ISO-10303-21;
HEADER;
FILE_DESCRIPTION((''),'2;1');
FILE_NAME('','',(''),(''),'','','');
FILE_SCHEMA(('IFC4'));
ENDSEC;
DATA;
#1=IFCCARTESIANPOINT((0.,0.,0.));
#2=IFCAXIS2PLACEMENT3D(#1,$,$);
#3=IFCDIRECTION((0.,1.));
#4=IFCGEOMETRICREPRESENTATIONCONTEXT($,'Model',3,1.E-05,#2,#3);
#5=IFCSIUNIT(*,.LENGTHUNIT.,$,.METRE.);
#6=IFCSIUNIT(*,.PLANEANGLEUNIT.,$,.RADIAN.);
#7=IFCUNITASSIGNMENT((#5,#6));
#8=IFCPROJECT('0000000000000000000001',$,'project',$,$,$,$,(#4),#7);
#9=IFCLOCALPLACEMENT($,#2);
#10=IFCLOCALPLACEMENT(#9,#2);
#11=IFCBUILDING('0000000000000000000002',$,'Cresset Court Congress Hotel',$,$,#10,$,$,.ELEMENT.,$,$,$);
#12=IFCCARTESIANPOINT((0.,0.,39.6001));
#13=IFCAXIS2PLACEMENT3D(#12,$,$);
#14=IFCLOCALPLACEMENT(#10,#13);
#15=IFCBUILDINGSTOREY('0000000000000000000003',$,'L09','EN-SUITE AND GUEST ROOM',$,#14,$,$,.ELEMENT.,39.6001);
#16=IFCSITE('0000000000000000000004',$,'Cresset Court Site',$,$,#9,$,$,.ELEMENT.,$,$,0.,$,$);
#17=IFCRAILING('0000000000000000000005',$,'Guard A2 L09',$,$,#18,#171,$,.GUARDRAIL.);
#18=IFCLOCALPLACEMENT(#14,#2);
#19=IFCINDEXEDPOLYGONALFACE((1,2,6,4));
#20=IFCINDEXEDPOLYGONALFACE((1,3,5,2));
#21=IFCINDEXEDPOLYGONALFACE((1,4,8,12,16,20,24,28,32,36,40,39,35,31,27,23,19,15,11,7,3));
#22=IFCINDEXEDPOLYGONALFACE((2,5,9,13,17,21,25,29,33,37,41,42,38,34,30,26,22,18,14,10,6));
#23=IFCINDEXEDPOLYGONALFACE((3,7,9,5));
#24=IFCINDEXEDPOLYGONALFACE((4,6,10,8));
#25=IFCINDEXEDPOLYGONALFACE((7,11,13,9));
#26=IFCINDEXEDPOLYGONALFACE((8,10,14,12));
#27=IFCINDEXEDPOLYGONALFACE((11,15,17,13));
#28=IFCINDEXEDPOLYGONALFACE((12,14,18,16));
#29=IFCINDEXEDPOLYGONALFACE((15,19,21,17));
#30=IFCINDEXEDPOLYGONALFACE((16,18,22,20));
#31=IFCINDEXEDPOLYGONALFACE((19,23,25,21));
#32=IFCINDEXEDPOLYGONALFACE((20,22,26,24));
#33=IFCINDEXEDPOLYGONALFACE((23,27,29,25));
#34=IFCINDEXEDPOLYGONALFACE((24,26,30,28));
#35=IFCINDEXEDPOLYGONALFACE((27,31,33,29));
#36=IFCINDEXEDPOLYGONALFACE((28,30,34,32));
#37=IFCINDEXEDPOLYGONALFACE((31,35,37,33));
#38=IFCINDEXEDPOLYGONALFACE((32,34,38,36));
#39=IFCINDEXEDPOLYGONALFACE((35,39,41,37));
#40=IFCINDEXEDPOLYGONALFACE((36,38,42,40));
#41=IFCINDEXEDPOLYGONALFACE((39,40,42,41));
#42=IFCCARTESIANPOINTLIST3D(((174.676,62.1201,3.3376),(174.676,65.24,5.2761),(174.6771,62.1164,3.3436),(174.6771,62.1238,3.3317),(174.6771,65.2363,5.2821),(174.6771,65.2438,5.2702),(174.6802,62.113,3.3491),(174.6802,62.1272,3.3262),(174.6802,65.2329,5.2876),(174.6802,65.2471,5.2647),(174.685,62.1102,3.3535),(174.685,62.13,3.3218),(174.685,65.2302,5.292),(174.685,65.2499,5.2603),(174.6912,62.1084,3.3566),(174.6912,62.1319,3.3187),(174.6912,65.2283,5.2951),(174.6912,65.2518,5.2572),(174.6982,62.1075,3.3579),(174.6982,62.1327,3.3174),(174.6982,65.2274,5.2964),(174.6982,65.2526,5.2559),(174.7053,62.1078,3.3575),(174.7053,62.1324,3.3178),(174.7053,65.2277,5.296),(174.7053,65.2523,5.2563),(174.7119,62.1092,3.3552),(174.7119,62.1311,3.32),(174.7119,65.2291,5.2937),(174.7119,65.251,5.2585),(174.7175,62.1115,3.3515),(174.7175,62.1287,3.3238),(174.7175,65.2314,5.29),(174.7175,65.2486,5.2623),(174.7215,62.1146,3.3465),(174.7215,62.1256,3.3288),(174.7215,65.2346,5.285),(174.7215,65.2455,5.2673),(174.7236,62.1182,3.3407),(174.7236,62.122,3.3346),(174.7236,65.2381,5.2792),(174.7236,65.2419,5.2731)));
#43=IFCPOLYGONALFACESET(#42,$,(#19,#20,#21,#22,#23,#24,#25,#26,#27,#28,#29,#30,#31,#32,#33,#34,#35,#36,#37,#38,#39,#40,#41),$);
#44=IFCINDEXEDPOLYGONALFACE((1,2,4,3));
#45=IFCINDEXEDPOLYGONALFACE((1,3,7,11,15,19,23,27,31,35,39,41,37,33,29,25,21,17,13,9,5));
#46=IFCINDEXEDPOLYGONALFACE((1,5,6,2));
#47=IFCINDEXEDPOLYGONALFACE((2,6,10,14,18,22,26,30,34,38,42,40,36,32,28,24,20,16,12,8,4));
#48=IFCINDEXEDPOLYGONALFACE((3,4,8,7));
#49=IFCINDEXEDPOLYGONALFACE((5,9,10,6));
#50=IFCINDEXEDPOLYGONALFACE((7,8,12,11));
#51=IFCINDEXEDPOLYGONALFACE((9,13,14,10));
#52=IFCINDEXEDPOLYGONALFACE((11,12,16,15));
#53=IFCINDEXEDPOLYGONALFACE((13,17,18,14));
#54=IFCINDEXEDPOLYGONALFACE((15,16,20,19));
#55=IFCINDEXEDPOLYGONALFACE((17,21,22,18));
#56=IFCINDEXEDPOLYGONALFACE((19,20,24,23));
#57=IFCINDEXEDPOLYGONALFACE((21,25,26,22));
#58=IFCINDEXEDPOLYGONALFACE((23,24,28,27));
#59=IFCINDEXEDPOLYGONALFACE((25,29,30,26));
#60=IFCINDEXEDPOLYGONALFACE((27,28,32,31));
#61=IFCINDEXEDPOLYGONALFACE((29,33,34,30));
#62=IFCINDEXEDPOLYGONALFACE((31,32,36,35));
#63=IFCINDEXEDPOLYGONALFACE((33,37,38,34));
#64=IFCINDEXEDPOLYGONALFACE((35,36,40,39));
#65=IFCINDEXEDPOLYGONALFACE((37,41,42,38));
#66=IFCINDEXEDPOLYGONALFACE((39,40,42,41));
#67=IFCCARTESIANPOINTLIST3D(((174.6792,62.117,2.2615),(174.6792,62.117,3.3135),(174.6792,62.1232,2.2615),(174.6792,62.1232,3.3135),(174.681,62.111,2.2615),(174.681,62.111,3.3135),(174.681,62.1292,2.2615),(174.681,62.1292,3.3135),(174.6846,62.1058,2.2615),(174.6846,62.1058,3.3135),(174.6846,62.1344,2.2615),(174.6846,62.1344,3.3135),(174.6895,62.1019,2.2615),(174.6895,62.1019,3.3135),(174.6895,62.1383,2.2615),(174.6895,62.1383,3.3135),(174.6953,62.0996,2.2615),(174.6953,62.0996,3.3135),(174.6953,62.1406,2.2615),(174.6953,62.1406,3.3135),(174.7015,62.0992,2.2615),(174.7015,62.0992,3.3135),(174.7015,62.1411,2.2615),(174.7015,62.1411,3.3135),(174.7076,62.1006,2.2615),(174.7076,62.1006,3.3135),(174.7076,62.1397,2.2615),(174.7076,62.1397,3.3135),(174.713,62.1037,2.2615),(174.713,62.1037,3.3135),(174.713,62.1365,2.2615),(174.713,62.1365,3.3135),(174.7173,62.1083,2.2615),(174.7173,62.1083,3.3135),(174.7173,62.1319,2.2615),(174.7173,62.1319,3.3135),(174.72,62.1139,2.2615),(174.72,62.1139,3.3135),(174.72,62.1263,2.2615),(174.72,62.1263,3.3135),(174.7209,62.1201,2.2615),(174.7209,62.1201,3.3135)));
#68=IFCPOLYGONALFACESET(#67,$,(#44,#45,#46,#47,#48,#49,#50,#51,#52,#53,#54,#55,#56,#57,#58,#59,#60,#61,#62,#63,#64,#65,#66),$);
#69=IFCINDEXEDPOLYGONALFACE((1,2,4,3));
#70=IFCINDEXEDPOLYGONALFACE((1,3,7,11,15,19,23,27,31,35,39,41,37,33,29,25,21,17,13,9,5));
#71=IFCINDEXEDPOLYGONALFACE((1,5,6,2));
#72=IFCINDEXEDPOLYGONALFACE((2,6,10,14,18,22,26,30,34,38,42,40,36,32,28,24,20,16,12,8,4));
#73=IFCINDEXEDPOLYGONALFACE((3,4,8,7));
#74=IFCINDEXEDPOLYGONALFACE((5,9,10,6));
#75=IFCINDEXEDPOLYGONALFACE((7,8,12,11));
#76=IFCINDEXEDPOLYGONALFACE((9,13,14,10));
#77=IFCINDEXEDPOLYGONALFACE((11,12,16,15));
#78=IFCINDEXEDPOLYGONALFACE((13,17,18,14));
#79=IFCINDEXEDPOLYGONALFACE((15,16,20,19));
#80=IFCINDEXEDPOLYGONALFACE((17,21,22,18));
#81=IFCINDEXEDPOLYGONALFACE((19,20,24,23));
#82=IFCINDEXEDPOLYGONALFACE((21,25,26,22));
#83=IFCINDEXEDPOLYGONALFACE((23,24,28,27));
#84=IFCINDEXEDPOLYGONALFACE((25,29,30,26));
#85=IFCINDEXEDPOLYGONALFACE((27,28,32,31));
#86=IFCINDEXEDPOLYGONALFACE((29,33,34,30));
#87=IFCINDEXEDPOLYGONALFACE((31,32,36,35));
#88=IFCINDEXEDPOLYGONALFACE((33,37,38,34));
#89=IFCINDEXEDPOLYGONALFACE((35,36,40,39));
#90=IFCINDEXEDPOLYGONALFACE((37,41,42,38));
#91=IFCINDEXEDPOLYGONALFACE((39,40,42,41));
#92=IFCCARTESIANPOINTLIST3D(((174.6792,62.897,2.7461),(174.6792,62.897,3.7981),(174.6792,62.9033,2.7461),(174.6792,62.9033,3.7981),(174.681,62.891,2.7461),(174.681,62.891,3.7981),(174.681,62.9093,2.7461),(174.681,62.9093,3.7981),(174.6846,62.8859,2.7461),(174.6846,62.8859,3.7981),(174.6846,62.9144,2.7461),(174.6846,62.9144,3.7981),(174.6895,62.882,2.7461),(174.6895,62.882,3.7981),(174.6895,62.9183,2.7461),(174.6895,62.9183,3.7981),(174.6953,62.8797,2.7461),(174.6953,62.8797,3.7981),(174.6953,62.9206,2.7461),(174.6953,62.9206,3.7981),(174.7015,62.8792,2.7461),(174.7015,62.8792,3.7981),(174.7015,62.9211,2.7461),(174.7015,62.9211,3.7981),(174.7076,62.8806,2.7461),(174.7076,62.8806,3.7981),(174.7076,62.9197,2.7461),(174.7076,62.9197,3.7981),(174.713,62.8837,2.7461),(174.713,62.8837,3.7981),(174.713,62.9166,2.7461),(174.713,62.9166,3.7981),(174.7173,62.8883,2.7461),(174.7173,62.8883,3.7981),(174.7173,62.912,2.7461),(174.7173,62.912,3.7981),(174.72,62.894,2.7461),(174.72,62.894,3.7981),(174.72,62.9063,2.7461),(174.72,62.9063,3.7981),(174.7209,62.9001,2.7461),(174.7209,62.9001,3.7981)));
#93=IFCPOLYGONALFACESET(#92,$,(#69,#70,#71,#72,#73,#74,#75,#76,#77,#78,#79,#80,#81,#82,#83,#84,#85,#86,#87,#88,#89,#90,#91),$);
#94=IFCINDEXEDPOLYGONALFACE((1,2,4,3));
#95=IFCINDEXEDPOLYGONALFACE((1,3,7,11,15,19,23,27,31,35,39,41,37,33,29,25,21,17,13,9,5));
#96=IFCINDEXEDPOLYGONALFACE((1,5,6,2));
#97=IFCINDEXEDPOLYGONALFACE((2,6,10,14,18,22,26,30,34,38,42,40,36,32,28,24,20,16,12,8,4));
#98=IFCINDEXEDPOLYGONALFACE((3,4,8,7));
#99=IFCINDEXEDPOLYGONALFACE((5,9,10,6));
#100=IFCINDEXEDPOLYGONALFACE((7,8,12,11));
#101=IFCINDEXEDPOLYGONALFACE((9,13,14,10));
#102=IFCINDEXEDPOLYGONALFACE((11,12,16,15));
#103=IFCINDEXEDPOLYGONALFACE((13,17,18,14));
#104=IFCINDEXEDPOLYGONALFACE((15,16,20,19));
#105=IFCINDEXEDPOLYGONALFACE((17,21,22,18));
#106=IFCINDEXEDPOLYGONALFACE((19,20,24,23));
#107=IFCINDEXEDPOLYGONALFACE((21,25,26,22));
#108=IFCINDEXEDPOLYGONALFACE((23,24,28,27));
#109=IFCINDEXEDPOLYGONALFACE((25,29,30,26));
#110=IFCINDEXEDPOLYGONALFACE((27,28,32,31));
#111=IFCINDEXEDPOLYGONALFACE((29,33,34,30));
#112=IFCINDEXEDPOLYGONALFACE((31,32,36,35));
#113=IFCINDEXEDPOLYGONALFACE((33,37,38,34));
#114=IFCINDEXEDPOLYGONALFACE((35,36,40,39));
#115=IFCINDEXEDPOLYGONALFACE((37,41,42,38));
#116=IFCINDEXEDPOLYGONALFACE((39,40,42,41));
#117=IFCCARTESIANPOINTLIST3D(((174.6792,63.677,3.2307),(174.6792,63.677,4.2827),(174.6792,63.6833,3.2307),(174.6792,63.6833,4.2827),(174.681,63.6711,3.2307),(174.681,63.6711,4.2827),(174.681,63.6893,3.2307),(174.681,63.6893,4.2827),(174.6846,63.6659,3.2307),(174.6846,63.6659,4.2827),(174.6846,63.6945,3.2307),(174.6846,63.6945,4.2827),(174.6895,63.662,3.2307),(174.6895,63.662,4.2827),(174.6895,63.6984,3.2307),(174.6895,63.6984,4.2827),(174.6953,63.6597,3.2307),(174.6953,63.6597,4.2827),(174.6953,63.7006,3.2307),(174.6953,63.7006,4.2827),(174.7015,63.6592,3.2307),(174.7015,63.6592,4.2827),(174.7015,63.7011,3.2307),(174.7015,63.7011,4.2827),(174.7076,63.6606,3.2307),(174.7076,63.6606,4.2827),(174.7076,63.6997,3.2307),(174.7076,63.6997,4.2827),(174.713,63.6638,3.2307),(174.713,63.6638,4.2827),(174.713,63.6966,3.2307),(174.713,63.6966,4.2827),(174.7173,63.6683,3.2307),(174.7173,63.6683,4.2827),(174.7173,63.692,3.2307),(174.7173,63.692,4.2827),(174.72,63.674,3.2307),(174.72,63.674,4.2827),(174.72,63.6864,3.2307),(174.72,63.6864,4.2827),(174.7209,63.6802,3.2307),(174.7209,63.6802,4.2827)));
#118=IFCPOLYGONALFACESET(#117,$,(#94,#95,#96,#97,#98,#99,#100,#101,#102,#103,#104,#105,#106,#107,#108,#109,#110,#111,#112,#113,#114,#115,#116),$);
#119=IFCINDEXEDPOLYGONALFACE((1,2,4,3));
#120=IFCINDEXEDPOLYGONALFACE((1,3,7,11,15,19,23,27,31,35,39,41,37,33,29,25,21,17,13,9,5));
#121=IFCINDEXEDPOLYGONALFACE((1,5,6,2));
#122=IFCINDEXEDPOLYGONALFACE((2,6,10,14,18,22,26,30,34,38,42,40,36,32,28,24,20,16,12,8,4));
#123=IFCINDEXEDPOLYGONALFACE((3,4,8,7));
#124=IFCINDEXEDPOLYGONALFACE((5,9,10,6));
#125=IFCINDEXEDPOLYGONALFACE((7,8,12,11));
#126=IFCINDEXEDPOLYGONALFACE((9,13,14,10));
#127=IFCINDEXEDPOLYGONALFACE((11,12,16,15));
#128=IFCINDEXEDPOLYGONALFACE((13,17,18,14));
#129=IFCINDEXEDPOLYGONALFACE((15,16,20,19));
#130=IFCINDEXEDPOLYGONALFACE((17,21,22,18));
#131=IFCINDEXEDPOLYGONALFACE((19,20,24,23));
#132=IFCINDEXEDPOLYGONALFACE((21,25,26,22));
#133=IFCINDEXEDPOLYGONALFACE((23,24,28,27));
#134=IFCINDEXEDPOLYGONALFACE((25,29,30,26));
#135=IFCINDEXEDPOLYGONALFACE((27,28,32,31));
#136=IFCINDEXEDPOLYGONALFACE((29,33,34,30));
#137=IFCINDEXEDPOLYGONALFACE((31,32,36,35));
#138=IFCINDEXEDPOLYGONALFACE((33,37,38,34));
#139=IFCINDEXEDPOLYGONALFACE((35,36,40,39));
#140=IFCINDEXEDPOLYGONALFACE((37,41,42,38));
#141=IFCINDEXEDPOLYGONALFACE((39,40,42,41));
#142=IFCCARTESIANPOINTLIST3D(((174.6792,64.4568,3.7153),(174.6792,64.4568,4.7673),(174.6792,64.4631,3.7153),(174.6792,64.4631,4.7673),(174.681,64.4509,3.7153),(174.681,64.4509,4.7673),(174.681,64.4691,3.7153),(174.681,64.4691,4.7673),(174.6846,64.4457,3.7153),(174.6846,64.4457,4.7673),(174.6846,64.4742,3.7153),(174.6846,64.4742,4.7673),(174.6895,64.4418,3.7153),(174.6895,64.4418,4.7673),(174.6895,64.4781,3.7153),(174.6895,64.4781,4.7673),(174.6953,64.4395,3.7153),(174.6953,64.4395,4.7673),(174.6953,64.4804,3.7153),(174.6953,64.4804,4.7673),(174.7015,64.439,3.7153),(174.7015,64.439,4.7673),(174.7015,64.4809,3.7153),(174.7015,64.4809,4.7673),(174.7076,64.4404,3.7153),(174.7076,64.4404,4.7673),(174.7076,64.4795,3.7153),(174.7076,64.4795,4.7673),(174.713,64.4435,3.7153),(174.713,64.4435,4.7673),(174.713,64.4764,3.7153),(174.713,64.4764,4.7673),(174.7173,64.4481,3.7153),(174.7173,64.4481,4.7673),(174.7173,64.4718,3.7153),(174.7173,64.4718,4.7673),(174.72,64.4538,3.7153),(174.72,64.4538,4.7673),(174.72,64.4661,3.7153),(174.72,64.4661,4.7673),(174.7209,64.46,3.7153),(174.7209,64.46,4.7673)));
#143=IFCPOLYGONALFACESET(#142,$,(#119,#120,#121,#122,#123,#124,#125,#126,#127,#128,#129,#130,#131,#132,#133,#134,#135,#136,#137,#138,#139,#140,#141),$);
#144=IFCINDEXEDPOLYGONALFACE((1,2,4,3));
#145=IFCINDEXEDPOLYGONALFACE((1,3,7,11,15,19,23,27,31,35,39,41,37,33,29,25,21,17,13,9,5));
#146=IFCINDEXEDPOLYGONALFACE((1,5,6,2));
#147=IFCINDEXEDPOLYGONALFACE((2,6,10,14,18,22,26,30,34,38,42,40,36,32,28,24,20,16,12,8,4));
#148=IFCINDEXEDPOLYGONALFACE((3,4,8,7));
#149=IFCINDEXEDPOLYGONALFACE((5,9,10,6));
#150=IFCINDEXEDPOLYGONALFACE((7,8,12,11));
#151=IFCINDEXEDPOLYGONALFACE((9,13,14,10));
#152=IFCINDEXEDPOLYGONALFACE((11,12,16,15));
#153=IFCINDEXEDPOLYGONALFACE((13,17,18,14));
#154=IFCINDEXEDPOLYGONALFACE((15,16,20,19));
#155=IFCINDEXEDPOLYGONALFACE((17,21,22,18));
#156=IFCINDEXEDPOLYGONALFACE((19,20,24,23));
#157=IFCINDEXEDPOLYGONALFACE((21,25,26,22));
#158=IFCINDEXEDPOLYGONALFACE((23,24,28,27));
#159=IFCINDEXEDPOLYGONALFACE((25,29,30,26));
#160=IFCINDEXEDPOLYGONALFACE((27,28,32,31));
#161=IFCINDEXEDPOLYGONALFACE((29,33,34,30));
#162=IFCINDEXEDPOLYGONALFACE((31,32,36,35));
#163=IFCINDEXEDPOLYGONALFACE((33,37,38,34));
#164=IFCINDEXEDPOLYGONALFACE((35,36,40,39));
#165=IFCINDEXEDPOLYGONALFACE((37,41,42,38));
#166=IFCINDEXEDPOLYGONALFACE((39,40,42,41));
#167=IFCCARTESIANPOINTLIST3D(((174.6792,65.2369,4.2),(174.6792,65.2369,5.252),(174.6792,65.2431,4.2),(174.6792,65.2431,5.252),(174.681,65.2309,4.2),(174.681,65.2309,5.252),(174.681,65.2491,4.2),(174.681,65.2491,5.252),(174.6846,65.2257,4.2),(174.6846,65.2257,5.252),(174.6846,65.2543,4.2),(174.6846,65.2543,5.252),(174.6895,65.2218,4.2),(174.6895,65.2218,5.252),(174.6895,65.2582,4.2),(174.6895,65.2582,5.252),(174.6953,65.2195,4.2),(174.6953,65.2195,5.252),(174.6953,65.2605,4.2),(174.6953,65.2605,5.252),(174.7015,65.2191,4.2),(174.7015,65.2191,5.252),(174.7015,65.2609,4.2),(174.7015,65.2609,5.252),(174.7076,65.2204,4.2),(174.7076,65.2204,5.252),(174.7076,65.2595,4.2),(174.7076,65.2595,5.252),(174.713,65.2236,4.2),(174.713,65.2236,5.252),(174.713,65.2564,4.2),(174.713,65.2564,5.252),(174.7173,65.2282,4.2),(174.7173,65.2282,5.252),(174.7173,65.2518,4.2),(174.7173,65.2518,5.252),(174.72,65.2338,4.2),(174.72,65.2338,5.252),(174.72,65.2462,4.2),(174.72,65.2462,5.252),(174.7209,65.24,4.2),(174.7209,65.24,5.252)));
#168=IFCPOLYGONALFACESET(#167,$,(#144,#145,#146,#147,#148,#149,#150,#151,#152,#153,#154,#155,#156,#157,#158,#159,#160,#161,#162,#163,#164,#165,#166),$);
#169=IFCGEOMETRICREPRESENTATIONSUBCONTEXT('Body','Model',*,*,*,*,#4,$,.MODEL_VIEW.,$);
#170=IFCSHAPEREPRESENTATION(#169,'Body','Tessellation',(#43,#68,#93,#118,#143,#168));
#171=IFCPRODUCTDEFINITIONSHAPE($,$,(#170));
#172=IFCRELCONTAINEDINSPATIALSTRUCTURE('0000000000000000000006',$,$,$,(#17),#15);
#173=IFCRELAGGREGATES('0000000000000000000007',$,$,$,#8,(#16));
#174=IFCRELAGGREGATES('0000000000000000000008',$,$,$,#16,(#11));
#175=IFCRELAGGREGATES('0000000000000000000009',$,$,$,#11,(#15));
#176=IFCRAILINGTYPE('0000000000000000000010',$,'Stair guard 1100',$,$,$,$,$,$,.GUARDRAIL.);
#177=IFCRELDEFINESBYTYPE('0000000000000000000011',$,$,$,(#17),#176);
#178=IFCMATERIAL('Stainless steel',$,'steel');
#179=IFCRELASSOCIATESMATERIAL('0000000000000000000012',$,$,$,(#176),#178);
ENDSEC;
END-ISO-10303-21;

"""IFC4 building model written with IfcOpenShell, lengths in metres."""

from ifc_helpers import new_model, si_unit, direction, frame, origin, origin_2d, place, context, subcontext, project, spatial, circle, extrude, material, type_object, element, save


model = new_model("IFC4")

# Units and contexts
model_context = context("Model", 3, precision=1e-05, world=origin(), true_north=direction((0.0, 1.0)))
body_context = subcontext(model_context, "Body", "Model", "MODEL_VIEW")
ifc_project = project(units=[si_unit("LENGTHUNIT", "METRE"), si_unit("PLANEANGLEUNIT", "RADIAN")], contexts=[model_context])

# Site, building, storey
site_placement = place(None, origin())
site = spatial("IfcSite", under=ifc_project, at=site_placement, Name="Cresset Court Site", CompositionType="ELEMENT", RefElevation=0.0)
building_placement = place(site_placement, origin())
building = spatial("IfcBuilding", under=site, at=building_placement, Name="Cresset Court Congress Hotel", CompositionType="ELEMENT")
storey_placement = place(building_placement, frame((0.0, 0.0, 39.6001)))
storey = spatial("IfcBuildingStorey", under=building, at=storey_placement, Name="L09", Description="EN-SUITE AND GUEST ROOM", CompositionType="ELEMENT", Elevation=39.6001)

# Railing
ifc_material_1 = material(Name="Stainless steel", Category="steel")
railing_type_1 = type_object("IfcRailingType", Name="Stair guard 1100", PredefinedType="GUARDRAIL", material=ifc_material_1)
railing_1_placement = place(storey_placement, frame((174.7, 62.1201, 2.2615)))
element("IfcRailing", 1, at=railing_1_placement, inside=storey, type_object=railing_type_1, Name="Guard A2 L09", PredefinedType="GUARDRAIL", context=body_context, shape_type="SweptSolid", body=[
    extrude(circle(Radius=0.0239, at=origin_2d()), frame((0.0, 0.0, 1.0762), z_axis=(0.0, 0.849396, 0.527757), x_axis=(-1.0, 0.0, 0.0)), (0.0, 0.0, 1.0), 3.6731),
    extrude(circle(Radius=0.021, at=origin_2d()), origin(), (0.0, 0.0, 1.0), 1.052),
    extrude(circle(Radius=0.021, at=origin_2d()), frame((0.0, 0.78, 0.4846)), (0.0, 0.0, 1.0), 1.052),
    extrude(circle(Radius=0.021, at=origin_2d()), frame((0.0, 1.5601, 0.9692)), (0.0, 0.0, 1.0), 1.052),
    extrude(circle(Radius=0.021, at=origin_2d()), frame((0.0, 2.3398, 1.4539)), (0.0, 0.0, 1.0), 1.052),
    extrude(circle(Radius=0.021, at=origin_2d()), frame((0.0, 3.1199, 1.9385)), (0.0, 0.0, 1.0), 1.052),
])

save(model, "model.ifc")
